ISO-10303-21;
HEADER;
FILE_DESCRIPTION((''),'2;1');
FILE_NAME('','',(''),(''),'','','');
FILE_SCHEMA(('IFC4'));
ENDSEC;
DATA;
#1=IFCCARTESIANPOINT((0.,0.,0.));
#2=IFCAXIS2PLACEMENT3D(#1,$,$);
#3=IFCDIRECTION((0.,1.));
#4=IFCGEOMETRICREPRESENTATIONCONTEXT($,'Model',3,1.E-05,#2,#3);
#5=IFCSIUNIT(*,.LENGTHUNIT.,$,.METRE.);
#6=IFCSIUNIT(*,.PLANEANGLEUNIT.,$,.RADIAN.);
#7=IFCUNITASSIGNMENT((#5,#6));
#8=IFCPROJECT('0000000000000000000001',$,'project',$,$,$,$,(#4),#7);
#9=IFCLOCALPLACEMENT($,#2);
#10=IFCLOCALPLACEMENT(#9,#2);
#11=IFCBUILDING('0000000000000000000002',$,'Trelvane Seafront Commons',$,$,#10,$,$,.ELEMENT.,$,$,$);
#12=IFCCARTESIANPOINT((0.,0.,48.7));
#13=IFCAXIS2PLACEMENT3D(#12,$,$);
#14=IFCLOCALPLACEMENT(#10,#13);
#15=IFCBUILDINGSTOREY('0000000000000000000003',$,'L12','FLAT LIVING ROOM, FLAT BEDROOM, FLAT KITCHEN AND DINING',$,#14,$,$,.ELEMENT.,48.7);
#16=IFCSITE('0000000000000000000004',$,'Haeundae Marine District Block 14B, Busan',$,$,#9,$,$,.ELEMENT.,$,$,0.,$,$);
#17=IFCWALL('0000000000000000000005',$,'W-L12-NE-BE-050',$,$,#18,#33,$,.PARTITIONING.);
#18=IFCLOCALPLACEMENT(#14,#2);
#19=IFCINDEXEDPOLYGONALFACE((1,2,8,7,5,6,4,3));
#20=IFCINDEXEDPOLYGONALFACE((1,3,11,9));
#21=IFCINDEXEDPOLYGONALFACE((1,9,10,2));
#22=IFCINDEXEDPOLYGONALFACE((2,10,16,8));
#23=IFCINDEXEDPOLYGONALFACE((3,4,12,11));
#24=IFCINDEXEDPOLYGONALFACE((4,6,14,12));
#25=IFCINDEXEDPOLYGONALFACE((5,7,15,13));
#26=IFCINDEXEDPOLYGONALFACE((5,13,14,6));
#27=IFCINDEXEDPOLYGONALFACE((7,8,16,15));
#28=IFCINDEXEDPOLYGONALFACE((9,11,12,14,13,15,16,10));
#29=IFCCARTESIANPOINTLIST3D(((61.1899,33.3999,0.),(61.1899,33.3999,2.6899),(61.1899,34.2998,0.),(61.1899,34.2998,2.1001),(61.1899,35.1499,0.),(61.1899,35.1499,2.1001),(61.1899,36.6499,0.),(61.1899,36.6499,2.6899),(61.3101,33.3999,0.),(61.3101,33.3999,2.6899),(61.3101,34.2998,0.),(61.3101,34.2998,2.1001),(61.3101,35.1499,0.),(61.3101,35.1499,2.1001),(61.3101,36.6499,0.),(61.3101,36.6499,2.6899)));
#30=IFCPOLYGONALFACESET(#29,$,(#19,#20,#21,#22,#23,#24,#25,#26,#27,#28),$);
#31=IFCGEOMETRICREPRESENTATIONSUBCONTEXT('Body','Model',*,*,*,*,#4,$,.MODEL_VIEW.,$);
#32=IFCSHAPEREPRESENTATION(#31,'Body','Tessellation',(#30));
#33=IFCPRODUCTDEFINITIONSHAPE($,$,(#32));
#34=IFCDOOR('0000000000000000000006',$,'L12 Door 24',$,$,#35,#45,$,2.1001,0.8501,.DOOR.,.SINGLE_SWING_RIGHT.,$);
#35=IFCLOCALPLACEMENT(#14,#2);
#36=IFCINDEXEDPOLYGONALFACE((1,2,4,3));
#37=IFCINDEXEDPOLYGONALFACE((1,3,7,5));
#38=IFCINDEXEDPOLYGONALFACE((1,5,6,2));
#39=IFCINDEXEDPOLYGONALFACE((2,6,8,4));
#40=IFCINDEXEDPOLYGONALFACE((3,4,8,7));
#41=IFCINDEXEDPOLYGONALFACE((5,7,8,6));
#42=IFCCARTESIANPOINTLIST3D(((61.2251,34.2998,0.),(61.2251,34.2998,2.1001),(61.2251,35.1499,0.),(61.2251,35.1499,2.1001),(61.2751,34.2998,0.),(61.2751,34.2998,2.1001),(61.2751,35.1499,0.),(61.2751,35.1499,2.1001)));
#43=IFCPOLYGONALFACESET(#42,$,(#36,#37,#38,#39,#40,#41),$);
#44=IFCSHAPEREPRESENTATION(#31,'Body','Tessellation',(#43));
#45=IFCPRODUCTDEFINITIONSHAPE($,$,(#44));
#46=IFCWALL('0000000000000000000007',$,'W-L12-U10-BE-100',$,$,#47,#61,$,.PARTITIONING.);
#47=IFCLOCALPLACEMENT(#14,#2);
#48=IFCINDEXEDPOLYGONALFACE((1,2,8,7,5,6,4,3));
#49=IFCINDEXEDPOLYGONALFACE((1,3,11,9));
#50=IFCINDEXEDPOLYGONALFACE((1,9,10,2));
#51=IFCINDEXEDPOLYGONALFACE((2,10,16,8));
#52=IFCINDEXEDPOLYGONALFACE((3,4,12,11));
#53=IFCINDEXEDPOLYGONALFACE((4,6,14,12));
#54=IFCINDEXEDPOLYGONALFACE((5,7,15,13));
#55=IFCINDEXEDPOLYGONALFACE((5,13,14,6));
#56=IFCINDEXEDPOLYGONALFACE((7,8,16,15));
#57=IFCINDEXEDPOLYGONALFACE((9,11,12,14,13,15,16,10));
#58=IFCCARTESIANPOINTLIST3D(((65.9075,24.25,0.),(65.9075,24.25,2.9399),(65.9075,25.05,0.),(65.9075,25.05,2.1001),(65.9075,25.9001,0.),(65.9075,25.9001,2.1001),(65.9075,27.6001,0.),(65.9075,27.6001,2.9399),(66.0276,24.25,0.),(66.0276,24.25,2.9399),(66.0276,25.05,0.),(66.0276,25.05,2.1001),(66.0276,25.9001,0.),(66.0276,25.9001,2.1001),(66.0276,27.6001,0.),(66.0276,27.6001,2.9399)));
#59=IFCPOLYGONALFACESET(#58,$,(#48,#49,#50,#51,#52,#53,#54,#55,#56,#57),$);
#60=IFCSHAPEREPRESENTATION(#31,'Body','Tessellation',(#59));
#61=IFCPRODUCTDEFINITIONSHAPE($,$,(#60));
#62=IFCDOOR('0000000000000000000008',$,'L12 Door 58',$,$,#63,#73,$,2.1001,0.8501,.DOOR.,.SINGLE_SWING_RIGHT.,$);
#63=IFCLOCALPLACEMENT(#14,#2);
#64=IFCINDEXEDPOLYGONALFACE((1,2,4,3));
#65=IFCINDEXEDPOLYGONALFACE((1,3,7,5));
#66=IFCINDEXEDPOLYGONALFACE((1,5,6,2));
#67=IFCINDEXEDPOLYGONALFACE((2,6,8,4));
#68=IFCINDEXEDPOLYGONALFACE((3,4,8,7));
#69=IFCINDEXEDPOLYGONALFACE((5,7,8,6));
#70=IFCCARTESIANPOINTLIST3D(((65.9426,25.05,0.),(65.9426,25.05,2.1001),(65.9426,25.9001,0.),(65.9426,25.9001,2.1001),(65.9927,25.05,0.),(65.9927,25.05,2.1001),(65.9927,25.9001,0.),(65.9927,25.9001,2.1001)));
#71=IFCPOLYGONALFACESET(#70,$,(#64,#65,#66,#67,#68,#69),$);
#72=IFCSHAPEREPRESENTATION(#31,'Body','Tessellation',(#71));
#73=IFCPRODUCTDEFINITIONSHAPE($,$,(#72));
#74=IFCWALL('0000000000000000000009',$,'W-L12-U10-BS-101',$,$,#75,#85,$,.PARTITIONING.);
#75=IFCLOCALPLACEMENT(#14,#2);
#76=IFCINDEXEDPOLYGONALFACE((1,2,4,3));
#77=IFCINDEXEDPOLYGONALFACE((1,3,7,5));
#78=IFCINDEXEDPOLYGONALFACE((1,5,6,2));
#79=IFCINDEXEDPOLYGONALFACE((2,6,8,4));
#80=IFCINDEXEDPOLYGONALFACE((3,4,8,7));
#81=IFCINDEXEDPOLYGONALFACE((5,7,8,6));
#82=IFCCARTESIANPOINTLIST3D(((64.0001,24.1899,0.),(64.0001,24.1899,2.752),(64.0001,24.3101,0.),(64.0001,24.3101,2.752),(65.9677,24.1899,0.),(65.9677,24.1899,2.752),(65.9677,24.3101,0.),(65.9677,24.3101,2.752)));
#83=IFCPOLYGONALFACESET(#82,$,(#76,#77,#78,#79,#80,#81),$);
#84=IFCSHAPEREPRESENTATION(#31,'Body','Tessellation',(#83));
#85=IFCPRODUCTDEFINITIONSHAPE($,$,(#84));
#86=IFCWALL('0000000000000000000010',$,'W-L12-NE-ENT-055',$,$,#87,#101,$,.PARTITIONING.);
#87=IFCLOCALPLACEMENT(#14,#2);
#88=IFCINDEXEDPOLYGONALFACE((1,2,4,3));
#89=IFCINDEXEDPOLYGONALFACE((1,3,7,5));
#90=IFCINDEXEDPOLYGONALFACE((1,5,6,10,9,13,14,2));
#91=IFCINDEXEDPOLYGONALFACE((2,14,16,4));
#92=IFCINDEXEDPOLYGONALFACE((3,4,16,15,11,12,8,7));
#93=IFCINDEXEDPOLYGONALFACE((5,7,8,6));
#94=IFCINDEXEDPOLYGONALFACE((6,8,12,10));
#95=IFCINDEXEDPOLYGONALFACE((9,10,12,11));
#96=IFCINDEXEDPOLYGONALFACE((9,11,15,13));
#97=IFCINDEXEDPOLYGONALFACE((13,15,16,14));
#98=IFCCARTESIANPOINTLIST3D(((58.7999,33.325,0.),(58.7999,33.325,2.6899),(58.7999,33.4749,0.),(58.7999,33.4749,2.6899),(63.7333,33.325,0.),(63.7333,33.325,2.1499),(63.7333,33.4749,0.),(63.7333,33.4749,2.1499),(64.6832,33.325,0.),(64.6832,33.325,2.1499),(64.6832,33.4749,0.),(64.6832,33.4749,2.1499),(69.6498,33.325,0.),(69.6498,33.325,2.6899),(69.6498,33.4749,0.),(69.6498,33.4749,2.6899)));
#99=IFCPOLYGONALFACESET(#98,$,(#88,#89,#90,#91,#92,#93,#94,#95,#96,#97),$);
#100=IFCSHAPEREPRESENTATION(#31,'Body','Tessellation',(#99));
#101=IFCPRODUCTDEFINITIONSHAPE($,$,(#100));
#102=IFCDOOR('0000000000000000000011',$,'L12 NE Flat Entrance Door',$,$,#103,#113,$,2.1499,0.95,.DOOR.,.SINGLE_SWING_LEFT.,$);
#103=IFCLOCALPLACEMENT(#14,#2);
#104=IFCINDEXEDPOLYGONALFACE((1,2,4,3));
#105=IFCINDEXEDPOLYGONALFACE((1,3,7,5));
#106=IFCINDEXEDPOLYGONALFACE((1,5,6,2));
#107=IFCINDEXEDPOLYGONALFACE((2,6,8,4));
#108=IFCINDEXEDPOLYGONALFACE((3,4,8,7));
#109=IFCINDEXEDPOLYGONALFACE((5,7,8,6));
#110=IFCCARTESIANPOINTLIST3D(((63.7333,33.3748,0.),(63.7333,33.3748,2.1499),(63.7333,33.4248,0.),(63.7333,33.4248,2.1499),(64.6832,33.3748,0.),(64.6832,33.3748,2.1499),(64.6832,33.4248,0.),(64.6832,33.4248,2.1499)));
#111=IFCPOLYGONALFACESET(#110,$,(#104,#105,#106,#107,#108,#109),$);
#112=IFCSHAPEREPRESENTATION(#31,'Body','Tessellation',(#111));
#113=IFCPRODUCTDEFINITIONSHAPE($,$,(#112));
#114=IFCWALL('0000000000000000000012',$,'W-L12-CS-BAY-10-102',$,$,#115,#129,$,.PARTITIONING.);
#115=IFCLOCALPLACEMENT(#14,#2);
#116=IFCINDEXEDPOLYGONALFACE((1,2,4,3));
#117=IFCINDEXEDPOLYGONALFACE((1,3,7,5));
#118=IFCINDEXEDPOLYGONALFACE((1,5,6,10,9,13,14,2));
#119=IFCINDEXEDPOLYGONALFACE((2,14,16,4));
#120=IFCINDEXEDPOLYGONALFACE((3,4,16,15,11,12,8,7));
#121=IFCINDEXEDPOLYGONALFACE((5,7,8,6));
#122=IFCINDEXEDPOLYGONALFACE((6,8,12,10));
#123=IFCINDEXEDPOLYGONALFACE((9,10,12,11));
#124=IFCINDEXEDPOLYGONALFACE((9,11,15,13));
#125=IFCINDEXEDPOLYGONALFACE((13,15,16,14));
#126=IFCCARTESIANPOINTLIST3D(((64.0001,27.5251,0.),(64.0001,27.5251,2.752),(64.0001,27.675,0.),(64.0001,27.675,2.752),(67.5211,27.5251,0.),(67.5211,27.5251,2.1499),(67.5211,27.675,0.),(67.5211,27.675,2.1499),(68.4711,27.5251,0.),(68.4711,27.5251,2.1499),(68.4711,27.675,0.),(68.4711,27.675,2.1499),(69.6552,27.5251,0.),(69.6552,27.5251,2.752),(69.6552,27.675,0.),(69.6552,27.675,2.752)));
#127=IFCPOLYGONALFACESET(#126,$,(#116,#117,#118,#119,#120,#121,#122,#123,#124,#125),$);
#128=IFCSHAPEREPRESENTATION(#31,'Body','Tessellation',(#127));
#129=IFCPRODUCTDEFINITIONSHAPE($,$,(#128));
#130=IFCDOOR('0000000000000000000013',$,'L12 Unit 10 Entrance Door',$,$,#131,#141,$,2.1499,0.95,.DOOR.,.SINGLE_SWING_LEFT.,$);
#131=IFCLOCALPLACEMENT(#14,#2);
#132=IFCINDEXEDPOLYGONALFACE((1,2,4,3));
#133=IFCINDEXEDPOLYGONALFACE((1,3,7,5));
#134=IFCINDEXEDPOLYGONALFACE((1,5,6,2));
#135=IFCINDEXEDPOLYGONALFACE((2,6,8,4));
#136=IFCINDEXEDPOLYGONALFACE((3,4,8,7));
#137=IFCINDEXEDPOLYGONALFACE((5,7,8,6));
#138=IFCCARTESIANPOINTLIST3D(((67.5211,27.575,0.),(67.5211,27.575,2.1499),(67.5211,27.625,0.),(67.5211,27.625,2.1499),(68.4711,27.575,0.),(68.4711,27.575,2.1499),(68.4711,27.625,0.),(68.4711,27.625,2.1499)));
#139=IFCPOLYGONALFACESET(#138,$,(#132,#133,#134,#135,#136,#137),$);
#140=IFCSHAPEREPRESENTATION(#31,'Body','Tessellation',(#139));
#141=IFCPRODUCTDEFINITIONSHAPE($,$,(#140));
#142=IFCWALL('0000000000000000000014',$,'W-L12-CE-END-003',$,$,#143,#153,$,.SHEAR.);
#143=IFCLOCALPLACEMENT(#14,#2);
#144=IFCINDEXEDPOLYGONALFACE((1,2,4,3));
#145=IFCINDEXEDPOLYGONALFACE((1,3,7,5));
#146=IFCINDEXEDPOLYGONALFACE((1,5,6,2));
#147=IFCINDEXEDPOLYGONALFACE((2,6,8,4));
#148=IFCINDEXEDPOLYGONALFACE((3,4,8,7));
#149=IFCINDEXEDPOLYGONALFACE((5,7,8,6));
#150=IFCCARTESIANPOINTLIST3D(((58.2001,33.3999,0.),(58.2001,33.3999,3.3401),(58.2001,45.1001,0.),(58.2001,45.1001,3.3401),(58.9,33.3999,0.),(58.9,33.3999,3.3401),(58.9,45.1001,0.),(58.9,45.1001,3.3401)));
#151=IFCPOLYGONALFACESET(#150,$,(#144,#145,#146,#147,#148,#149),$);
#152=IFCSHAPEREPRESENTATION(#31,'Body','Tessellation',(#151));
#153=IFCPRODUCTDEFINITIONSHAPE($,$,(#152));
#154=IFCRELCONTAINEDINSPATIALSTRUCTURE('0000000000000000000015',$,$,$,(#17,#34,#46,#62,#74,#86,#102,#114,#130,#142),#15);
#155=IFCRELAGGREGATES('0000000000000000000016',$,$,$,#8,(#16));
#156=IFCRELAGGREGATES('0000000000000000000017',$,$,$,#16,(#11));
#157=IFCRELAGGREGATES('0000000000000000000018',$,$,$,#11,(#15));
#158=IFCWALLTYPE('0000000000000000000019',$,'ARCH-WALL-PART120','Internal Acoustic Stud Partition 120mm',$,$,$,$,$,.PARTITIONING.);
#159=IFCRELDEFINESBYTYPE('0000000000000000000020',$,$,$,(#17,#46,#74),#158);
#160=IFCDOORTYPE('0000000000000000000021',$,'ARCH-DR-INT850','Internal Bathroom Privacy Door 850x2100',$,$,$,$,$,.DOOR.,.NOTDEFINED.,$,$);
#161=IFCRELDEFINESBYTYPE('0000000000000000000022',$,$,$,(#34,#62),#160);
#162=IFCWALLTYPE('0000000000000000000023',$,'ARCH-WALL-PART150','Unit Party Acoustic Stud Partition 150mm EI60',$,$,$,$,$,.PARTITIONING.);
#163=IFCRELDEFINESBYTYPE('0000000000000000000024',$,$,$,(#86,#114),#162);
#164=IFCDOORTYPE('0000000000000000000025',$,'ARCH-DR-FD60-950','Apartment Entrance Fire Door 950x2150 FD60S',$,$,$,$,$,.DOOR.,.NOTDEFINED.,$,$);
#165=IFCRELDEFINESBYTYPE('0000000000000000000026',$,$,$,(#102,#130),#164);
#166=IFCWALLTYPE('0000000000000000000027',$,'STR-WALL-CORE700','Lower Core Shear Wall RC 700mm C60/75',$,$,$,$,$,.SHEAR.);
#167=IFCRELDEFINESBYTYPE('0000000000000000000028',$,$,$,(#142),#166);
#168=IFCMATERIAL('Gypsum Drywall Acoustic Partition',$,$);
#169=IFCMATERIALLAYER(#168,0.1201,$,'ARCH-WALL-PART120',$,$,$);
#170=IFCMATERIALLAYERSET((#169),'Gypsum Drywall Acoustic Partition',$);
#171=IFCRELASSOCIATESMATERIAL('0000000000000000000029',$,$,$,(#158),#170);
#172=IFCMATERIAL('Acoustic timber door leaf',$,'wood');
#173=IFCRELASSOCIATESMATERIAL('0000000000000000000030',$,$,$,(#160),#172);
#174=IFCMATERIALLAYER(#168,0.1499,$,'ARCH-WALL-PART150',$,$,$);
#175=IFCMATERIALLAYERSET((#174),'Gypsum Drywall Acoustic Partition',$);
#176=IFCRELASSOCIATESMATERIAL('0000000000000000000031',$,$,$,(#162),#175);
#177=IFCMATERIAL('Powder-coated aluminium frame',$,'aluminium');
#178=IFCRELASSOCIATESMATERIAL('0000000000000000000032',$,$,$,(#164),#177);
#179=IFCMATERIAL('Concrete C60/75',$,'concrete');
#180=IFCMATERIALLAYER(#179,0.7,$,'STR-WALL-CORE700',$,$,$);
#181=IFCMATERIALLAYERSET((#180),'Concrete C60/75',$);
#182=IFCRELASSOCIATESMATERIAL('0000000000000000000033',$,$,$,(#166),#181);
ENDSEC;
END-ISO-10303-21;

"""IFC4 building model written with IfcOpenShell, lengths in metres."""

from ifc_helpers import new_model, si_unit, direction, frame, frame_2d, origin, place, context, subcontext, project, spatial, rectangle, extrude, source, transform, mapped, material, layer, layer_set, type_object, element, fill, save


model = new_model("IFC4")

# Units and contexts
model_context = context("Model", 3, precision=1e-05, world=origin(), true_north=direction((0.0, 1.0)))
body_context = subcontext(model_context, "Body", "Model", "MODEL_VIEW")
ifc_project = project(units=[si_unit("LENGTHUNIT", "METRE"), si_unit("PLANEANGLEUNIT", "RADIAN")], contexts=[model_context])

# Site, building, storey
site_placement = place(None, origin())
site = spatial("IfcSite", under=ifc_project, at=site_placement, Name="Haeundae Marine District Block 14B, Busan", CompositionType="ELEMENT", RefElevation=0.0)
building_placement = place(site_placement, origin())
building = spatial("IfcBuilding", under=site, at=building_placement, Name="Trelvane Seafront Commons", CompositionType="ELEMENT")
storey_placement = place(building_placement, frame((0.0, 0.0, 48.7)))
storey = spatial("IfcBuildingStorey", under=building, at=storey_placement, Name="L12", Description="FLAT LIVING ROOM, FLAT BEDROOM, FLAT KITCHEN AND DINING", CompositionType="ELEMENT", Elevation=48.7)

# Shared definitions
ifc_material_1 = material(Name="Concrete C60/75", Category="concrete")

# Shared definitions
ifc_material_2 = material(Name="Gypsum Drywall Acoustic Partition")
ifc_layer_1 = layer(ifc_material_2, 0.1201, Name="ARCH-WALL-PART120")
ifc_layer_set_1 = layer_set([ifc_layer_1], Name="Gypsum Drywall Acoustic Partition")
wall_type_1 = type_object("IfcWallType", Name="ARCH-WALL-PART120", Description="Internal Acoustic Stud Partition 120mm", PredefinedType="PARTITIONING", material=ifc_layer_set_1)
ifc_material_3 = material(Name="Acoustic timber door leaf", Category="wood")
shared_shape_1 = source(origin(), body_context, "Body", "SweptSolid", [
    extrude(rectangle(XDim=0.95, YDim=2.1499, at=frame_2d((0.4751, 1.075))), frame((0.0, 0.0249, 0.0), z_axis=(0.0, -1.0, 0.0), x_axis=(1.0, 0.0, 0.0)), (0.0, 0.0, 1.0), 0.05),
])

# Walls, openings, doors
wall_1_placement = place(storey_placement, frame((61.25, 33.3999, 0.0), z_axis=(0.0, 0.0, 1.0), x_axis=(0.0, 1.0, 0.0)))
wall_1 = element("IfcWall", 1, at=wall_1_placement, inside=storey, type_object=wall_type_1, Name="W-L12-NE-BE-050", PredefinedType="PARTITIONING", context=body_context, shape_type="SweptSolid", body=[
    extrude(rectangle(XDim=3.25, YDim=0.1201, at=frame_2d((1.625, 0.0))), origin(), (0.0, 0.0, 1.0), 2.6899),
])
opening_1_placement = place(wall_1_placement, frame((0.8999, 0.0, 0.0)))
opening_1 = element("IfcOpeningElement", 2, at=opening_1_placement, cuts=wall_1, PredefinedType="OPENING", context=body_context, shape_type="SweptSolid", body=[
    extrude(rectangle(XDim=0.8501, YDim=2.1001, at=frame_2d((0.425, 1.05))), frame((0.0, 0.0701, 0.0), z_axis=(0.0, -1.0, 0.0), x_axis=(1.0, 0.0, 0.0)), (0.0, 0.0, 1.0), 0.1401),
])
door_type_1 = type_object("IfcDoorType", Name="ARCH-DR-INT850", Description="Internal Bathroom Privacy Door 850x2100", OperationType="NOTDEFINED", PredefinedType="DOOR", material=ifc_material_3)
shared_shape_2 = source(origin(), body_context, "Body", "SweptSolid", [
    extrude(rectangle(XDim=0.8501, YDim=2.1001, at=frame_2d((0.425, 1.05))), frame((0.0, 0.0249, 0.0), z_axis=(0.0, -1.0, 0.0), x_axis=(1.0, 0.0, 0.0)), (0.0, 0.0, 1.0), 0.05),
])
door_1_placement = place(opening_1_placement, origin())
door_1 = element("IfcDoor", 3, at=door_1_placement, inside=storey, type_object=door_type_1, Name="L12 Door 24", OperationType="SINGLE_SWING_RIGHT", OverallHeight=2.1001, OverallWidth=0.8501, PredefinedType="DOOR", context=body_context, shape_type="MappedRepresentation", body=[
    mapped(shared_shape_2, transform((0.0, 0.0, 0.0), x_axis=(1.0, 0.0, 0.0), y_axis=(0.0, 1.0, 0.0), z_axis=(0.0, 0.0, 1.0), scale=1.0)),
])
fill(opening_1, door_1)
wall_2_placement = place(storey_placement, frame((65.9675, 24.25, 0.0), z_axis=(0.0, 0.0, 1.0), x_axis=(0.0, 1.0, 0.0)))
wall_2 = element("IfcWall", 4, at=wall_2_placement, inside=storey, type_object=wall_type_1, Name="W-L12-U10-BE-100", PredefinedType="PARTITIONING", context=body_context, shape_type="SweptSolid", body=[
    extrude(rectangle(XDim=3.3501, YDim=0.1201, at=frame_2d((1.675, 0.0))), origin(), (0.0, 0.0, 1.0), 2.9399),
])
opening_2_placement = place(wall_2_placement, frame((0.8, 0.0, 0.0)))
opening_2 = element("IfcOpeningElement", 5, at=opening_2_placement, cuts=wall_2, PredefinedType="OPENING", context=body_context, shape_type="SweptSolid", body=[
    extrude(rectangle(XDim=0.8501, YDim=2.1001, at=frame_2d((0.425, 1.05))), frame((0.0, 0.0701, 0.0), z_axis=(0.0, -1.0, 0.0), x_axis=(1.0, 0.0, 0.0)), (0.0, 0.0, 1.0), 0.1401),
])
door_2_placement = place(opening_2_placement, origin())
door_2 = element("IfcDoor", 6, at=door_2_placement, inside=storey, type_object=door_type_1, Name="L12 Door 58", OperationType="SINGLE_SWING_RIGHT", OverallHeight=2.1001, OverallWidth=0.8501, PredefinedType="DOOR", context=body_context, shape_type="MappedRepresentation", body=[
    mapped(shared_shape_2, transform((0.0, 0.0, 0.0), x_axis=(1.0, 0.0, 0.0), y_axis=(0.0, 1.0, 0.0), z_axis=(0.0, 0.0, 1.0), scale=1.0)),
])
fill(opening_2, door_2)

# Wall
wall_3_placement = place(storey_placement, frame((64.0, 24.25, 0.0), z_axis=(0.0, 0.0, 1.0), x_axis=(1.0, 0.0, 0.0)))
element("IfcWall", 7, at=wall_3_placement, inside=storey, type_object=wall_type_1, Name="W-L12-U10-BS-101", PredefinedType="PARTITIONING", context=body_context, shape_type="SweptSolid", body=[
    extrude(rectangle(XDim=1.9675, YDim=0.1201, at=frame_2d((0.9839, 0.0))), origin(), (0.0, 0.0, 1.0), 2.752),
])

# Walls, openings, doors
ifc_layer_2 = layer(ifc_material_2, 0.1499, Name="ARCH-WALL-PART150")
ifc_layer_set_2 = layer_set([ifc_layer_2], Name="Gypsum Drywall Acoustic Partition")
wall_type_2 = type_object("IfcWallType", Name="ARCH-WALL-PART150", Description="Unit Party Acoustic Stud Partition 150mm EI60", PredefinedType="PARTITIONING", material=ifc_layer_set_2)
wall_4_placement = place(storey_placement, frame((58.8, 33.3999, 0.0), z_axis=(0.0, 0.0, 1.0), x_axis=(1.0, 0.0, 0.0)))
wall_4 = element("IfcWall", 8, at=wall_4_placement, inside=storey, type_object=wall_type_2, Name="W-L12-NE-ENT-055", PredefinedType="PARTITIONING", context=body_context, shape_type="SweptSolid", body=[
    extrude(rectangle(XDim=10.8499, YDim=0.1499, at=frame_2d((5.4248, 0.0))), origin(), (0.0, 0.0, 1.0), 2.6899),
])
opening_3_placement = place(wall_4_placement, frame((4.9331, 0.0, 0.0)))
opening_3 = element("IfcOpeningElement", 9, at=opening_3_placement, cuts=wall_4, PredefinedType="OPENING", context=body_context, shape_type="SweptSolid", body=[
    extrude(rectangle(XDim=0.95, YDim=2.1499, at=frame_2d((0.4751, 1.075))), frame((0.0, 0.085, 0.0), z_axis=(0.0, -1.0, 0.0), x_axis=(1.0, 0.0, 0.0)), (0.0, 0.0, 1.0), 0.1699),
])
ifc_material_4 = material(Name="Powder-coated aluminium frame", Category="aluminium")
door_type_2 = type_object("IfcDoorType", Name="ARCH-DR-FD60-950", Description="Apartment Entrance Fire Door 950x2150 FD60S", OperationType="NOTDEFINED", PredefinedType="DOOR", material=ifc_material_4)
door_3_placement = place(opening_3_placement, origin())
door_3 = element("IfcDoor", 10, at=door_3_placement, inside=storey, type_object=door_type_2, Name="L12 NE Flat Entrance Door", OperationType="SINGLE_SWING_LEFT", OverallHeight=2.1499, OverallWidth=0.95, PredefinedType="DOOR", context=body_context, shape_type="MappedRepresentation", body=[
    mapped(shared_shape_1, transform((0.0, 0.0, 0.0), x_axis=(1.0, 0.0, 0.0), y_axis=(0.0, 1.0, 0.0), z_axis=(0.0, 0.0, 1.0), scale=1.0)),
])
fill(opening_3, door_3)
wall_5_placement = place(storey_placement, frame((64.0, 27.6001, 0.0), z_axis=(0.0, 0.0, 1.0), x_axis=(1.0, 0.0, 0.0)))
wall_5 = element("IfcWall", 11, at=wall_5_placement, inside=storey, type_object=wall_type_2, Name="W-L12-CS-BAY-10-102", PredefinedType="PARTITIONING", context=body_context, shape_type="SweptSolid", body=[
    extrude(rectangle(XDim=5.655, YDim=0.1499, at=frame_2d((2.8276, 0.0))), origin(), (0.0, 0.0, 1.0), 2.752),
])
opening_4_placement = place(wall_5_placement, frame((3.521, 0.0, 0.0)))
opening_4 = element("IfcOpeningElement", 12, at=opening_4_placement, cuts=wall_5, PredefinedType="OPENING", context=body_context, shape_type="SweptSolid", body=[
    extrude(rectangle(XDim=0.95, YDim=2.1499, at=frame_2d((0.4751, 1.075))), frame((0.0, 0.085, 0.0), z_axis=(0.0, -1.0, 0.0), x_axis=(1.0, 0.0, 0.0)), (0.0, 0.0, 1.0), 0.1699),
])
door_4_placement = place(opening_4_placement, origin())
door_4 = element("IfcDoor", 13, at=door_4_placement, inside=storey, type_object=door_type_2, Name="L12 Unit 10 Entrance Door", OperationType="SINGLE_SWING_LEFT", OverallHeight=2.1499, OverallWidth=0.95, PredefinedType="DOOR", context=body_context, shape_type="MappedRepresentation", body=[
    mapped(shared_shape_1, transform((0.0, 0.0, 0.0), x_axis=(1.0, 0.0, 0.0), y_axis=(0.0, 1.0, 0.0), z_axis=(0.0, 0.0, 1.0), scale=1.0)),
])
fill(opening_4, door_4)

# Wall
ifc_layer_3 = layer(ifc_material_1, 0.7, Name="STR-WALL-CORE700")
ifc_layer_set_3 = layer_set([ifc_layer_3], Name="Concrete C60/75")
wall_type_3 = type_object("IfcWallType", Name="STR-WALL-CORE700", Description="Lower Core Shear Wall RC 700mm C60/75", PredefinedType="SHEAR", material=ifc_layer_set_3)
wall_6_placement = place(storey_placement, frame((58.55, 33.3999, 0.0), z_axis=(0.0, 0.0, 1.0), x_axis=(0.0, 1.0, 0.0)))
element("IfcWall", 14, at=wall_6_placement, inside=storey, type_object=wall_type_3, Name="W-L12-CE-END-003", PredefinedType="SHEAR", context=body_context, shape_type="SweptSolid", body=[
    extrude(rectangle(XDim=11.7002, YDim=0.7, at=frame_2d((5.8501, 0.0))), origin(), (0.0, 0.0, 1.0), 3.3401),
])

save(model, "model.ifc")
